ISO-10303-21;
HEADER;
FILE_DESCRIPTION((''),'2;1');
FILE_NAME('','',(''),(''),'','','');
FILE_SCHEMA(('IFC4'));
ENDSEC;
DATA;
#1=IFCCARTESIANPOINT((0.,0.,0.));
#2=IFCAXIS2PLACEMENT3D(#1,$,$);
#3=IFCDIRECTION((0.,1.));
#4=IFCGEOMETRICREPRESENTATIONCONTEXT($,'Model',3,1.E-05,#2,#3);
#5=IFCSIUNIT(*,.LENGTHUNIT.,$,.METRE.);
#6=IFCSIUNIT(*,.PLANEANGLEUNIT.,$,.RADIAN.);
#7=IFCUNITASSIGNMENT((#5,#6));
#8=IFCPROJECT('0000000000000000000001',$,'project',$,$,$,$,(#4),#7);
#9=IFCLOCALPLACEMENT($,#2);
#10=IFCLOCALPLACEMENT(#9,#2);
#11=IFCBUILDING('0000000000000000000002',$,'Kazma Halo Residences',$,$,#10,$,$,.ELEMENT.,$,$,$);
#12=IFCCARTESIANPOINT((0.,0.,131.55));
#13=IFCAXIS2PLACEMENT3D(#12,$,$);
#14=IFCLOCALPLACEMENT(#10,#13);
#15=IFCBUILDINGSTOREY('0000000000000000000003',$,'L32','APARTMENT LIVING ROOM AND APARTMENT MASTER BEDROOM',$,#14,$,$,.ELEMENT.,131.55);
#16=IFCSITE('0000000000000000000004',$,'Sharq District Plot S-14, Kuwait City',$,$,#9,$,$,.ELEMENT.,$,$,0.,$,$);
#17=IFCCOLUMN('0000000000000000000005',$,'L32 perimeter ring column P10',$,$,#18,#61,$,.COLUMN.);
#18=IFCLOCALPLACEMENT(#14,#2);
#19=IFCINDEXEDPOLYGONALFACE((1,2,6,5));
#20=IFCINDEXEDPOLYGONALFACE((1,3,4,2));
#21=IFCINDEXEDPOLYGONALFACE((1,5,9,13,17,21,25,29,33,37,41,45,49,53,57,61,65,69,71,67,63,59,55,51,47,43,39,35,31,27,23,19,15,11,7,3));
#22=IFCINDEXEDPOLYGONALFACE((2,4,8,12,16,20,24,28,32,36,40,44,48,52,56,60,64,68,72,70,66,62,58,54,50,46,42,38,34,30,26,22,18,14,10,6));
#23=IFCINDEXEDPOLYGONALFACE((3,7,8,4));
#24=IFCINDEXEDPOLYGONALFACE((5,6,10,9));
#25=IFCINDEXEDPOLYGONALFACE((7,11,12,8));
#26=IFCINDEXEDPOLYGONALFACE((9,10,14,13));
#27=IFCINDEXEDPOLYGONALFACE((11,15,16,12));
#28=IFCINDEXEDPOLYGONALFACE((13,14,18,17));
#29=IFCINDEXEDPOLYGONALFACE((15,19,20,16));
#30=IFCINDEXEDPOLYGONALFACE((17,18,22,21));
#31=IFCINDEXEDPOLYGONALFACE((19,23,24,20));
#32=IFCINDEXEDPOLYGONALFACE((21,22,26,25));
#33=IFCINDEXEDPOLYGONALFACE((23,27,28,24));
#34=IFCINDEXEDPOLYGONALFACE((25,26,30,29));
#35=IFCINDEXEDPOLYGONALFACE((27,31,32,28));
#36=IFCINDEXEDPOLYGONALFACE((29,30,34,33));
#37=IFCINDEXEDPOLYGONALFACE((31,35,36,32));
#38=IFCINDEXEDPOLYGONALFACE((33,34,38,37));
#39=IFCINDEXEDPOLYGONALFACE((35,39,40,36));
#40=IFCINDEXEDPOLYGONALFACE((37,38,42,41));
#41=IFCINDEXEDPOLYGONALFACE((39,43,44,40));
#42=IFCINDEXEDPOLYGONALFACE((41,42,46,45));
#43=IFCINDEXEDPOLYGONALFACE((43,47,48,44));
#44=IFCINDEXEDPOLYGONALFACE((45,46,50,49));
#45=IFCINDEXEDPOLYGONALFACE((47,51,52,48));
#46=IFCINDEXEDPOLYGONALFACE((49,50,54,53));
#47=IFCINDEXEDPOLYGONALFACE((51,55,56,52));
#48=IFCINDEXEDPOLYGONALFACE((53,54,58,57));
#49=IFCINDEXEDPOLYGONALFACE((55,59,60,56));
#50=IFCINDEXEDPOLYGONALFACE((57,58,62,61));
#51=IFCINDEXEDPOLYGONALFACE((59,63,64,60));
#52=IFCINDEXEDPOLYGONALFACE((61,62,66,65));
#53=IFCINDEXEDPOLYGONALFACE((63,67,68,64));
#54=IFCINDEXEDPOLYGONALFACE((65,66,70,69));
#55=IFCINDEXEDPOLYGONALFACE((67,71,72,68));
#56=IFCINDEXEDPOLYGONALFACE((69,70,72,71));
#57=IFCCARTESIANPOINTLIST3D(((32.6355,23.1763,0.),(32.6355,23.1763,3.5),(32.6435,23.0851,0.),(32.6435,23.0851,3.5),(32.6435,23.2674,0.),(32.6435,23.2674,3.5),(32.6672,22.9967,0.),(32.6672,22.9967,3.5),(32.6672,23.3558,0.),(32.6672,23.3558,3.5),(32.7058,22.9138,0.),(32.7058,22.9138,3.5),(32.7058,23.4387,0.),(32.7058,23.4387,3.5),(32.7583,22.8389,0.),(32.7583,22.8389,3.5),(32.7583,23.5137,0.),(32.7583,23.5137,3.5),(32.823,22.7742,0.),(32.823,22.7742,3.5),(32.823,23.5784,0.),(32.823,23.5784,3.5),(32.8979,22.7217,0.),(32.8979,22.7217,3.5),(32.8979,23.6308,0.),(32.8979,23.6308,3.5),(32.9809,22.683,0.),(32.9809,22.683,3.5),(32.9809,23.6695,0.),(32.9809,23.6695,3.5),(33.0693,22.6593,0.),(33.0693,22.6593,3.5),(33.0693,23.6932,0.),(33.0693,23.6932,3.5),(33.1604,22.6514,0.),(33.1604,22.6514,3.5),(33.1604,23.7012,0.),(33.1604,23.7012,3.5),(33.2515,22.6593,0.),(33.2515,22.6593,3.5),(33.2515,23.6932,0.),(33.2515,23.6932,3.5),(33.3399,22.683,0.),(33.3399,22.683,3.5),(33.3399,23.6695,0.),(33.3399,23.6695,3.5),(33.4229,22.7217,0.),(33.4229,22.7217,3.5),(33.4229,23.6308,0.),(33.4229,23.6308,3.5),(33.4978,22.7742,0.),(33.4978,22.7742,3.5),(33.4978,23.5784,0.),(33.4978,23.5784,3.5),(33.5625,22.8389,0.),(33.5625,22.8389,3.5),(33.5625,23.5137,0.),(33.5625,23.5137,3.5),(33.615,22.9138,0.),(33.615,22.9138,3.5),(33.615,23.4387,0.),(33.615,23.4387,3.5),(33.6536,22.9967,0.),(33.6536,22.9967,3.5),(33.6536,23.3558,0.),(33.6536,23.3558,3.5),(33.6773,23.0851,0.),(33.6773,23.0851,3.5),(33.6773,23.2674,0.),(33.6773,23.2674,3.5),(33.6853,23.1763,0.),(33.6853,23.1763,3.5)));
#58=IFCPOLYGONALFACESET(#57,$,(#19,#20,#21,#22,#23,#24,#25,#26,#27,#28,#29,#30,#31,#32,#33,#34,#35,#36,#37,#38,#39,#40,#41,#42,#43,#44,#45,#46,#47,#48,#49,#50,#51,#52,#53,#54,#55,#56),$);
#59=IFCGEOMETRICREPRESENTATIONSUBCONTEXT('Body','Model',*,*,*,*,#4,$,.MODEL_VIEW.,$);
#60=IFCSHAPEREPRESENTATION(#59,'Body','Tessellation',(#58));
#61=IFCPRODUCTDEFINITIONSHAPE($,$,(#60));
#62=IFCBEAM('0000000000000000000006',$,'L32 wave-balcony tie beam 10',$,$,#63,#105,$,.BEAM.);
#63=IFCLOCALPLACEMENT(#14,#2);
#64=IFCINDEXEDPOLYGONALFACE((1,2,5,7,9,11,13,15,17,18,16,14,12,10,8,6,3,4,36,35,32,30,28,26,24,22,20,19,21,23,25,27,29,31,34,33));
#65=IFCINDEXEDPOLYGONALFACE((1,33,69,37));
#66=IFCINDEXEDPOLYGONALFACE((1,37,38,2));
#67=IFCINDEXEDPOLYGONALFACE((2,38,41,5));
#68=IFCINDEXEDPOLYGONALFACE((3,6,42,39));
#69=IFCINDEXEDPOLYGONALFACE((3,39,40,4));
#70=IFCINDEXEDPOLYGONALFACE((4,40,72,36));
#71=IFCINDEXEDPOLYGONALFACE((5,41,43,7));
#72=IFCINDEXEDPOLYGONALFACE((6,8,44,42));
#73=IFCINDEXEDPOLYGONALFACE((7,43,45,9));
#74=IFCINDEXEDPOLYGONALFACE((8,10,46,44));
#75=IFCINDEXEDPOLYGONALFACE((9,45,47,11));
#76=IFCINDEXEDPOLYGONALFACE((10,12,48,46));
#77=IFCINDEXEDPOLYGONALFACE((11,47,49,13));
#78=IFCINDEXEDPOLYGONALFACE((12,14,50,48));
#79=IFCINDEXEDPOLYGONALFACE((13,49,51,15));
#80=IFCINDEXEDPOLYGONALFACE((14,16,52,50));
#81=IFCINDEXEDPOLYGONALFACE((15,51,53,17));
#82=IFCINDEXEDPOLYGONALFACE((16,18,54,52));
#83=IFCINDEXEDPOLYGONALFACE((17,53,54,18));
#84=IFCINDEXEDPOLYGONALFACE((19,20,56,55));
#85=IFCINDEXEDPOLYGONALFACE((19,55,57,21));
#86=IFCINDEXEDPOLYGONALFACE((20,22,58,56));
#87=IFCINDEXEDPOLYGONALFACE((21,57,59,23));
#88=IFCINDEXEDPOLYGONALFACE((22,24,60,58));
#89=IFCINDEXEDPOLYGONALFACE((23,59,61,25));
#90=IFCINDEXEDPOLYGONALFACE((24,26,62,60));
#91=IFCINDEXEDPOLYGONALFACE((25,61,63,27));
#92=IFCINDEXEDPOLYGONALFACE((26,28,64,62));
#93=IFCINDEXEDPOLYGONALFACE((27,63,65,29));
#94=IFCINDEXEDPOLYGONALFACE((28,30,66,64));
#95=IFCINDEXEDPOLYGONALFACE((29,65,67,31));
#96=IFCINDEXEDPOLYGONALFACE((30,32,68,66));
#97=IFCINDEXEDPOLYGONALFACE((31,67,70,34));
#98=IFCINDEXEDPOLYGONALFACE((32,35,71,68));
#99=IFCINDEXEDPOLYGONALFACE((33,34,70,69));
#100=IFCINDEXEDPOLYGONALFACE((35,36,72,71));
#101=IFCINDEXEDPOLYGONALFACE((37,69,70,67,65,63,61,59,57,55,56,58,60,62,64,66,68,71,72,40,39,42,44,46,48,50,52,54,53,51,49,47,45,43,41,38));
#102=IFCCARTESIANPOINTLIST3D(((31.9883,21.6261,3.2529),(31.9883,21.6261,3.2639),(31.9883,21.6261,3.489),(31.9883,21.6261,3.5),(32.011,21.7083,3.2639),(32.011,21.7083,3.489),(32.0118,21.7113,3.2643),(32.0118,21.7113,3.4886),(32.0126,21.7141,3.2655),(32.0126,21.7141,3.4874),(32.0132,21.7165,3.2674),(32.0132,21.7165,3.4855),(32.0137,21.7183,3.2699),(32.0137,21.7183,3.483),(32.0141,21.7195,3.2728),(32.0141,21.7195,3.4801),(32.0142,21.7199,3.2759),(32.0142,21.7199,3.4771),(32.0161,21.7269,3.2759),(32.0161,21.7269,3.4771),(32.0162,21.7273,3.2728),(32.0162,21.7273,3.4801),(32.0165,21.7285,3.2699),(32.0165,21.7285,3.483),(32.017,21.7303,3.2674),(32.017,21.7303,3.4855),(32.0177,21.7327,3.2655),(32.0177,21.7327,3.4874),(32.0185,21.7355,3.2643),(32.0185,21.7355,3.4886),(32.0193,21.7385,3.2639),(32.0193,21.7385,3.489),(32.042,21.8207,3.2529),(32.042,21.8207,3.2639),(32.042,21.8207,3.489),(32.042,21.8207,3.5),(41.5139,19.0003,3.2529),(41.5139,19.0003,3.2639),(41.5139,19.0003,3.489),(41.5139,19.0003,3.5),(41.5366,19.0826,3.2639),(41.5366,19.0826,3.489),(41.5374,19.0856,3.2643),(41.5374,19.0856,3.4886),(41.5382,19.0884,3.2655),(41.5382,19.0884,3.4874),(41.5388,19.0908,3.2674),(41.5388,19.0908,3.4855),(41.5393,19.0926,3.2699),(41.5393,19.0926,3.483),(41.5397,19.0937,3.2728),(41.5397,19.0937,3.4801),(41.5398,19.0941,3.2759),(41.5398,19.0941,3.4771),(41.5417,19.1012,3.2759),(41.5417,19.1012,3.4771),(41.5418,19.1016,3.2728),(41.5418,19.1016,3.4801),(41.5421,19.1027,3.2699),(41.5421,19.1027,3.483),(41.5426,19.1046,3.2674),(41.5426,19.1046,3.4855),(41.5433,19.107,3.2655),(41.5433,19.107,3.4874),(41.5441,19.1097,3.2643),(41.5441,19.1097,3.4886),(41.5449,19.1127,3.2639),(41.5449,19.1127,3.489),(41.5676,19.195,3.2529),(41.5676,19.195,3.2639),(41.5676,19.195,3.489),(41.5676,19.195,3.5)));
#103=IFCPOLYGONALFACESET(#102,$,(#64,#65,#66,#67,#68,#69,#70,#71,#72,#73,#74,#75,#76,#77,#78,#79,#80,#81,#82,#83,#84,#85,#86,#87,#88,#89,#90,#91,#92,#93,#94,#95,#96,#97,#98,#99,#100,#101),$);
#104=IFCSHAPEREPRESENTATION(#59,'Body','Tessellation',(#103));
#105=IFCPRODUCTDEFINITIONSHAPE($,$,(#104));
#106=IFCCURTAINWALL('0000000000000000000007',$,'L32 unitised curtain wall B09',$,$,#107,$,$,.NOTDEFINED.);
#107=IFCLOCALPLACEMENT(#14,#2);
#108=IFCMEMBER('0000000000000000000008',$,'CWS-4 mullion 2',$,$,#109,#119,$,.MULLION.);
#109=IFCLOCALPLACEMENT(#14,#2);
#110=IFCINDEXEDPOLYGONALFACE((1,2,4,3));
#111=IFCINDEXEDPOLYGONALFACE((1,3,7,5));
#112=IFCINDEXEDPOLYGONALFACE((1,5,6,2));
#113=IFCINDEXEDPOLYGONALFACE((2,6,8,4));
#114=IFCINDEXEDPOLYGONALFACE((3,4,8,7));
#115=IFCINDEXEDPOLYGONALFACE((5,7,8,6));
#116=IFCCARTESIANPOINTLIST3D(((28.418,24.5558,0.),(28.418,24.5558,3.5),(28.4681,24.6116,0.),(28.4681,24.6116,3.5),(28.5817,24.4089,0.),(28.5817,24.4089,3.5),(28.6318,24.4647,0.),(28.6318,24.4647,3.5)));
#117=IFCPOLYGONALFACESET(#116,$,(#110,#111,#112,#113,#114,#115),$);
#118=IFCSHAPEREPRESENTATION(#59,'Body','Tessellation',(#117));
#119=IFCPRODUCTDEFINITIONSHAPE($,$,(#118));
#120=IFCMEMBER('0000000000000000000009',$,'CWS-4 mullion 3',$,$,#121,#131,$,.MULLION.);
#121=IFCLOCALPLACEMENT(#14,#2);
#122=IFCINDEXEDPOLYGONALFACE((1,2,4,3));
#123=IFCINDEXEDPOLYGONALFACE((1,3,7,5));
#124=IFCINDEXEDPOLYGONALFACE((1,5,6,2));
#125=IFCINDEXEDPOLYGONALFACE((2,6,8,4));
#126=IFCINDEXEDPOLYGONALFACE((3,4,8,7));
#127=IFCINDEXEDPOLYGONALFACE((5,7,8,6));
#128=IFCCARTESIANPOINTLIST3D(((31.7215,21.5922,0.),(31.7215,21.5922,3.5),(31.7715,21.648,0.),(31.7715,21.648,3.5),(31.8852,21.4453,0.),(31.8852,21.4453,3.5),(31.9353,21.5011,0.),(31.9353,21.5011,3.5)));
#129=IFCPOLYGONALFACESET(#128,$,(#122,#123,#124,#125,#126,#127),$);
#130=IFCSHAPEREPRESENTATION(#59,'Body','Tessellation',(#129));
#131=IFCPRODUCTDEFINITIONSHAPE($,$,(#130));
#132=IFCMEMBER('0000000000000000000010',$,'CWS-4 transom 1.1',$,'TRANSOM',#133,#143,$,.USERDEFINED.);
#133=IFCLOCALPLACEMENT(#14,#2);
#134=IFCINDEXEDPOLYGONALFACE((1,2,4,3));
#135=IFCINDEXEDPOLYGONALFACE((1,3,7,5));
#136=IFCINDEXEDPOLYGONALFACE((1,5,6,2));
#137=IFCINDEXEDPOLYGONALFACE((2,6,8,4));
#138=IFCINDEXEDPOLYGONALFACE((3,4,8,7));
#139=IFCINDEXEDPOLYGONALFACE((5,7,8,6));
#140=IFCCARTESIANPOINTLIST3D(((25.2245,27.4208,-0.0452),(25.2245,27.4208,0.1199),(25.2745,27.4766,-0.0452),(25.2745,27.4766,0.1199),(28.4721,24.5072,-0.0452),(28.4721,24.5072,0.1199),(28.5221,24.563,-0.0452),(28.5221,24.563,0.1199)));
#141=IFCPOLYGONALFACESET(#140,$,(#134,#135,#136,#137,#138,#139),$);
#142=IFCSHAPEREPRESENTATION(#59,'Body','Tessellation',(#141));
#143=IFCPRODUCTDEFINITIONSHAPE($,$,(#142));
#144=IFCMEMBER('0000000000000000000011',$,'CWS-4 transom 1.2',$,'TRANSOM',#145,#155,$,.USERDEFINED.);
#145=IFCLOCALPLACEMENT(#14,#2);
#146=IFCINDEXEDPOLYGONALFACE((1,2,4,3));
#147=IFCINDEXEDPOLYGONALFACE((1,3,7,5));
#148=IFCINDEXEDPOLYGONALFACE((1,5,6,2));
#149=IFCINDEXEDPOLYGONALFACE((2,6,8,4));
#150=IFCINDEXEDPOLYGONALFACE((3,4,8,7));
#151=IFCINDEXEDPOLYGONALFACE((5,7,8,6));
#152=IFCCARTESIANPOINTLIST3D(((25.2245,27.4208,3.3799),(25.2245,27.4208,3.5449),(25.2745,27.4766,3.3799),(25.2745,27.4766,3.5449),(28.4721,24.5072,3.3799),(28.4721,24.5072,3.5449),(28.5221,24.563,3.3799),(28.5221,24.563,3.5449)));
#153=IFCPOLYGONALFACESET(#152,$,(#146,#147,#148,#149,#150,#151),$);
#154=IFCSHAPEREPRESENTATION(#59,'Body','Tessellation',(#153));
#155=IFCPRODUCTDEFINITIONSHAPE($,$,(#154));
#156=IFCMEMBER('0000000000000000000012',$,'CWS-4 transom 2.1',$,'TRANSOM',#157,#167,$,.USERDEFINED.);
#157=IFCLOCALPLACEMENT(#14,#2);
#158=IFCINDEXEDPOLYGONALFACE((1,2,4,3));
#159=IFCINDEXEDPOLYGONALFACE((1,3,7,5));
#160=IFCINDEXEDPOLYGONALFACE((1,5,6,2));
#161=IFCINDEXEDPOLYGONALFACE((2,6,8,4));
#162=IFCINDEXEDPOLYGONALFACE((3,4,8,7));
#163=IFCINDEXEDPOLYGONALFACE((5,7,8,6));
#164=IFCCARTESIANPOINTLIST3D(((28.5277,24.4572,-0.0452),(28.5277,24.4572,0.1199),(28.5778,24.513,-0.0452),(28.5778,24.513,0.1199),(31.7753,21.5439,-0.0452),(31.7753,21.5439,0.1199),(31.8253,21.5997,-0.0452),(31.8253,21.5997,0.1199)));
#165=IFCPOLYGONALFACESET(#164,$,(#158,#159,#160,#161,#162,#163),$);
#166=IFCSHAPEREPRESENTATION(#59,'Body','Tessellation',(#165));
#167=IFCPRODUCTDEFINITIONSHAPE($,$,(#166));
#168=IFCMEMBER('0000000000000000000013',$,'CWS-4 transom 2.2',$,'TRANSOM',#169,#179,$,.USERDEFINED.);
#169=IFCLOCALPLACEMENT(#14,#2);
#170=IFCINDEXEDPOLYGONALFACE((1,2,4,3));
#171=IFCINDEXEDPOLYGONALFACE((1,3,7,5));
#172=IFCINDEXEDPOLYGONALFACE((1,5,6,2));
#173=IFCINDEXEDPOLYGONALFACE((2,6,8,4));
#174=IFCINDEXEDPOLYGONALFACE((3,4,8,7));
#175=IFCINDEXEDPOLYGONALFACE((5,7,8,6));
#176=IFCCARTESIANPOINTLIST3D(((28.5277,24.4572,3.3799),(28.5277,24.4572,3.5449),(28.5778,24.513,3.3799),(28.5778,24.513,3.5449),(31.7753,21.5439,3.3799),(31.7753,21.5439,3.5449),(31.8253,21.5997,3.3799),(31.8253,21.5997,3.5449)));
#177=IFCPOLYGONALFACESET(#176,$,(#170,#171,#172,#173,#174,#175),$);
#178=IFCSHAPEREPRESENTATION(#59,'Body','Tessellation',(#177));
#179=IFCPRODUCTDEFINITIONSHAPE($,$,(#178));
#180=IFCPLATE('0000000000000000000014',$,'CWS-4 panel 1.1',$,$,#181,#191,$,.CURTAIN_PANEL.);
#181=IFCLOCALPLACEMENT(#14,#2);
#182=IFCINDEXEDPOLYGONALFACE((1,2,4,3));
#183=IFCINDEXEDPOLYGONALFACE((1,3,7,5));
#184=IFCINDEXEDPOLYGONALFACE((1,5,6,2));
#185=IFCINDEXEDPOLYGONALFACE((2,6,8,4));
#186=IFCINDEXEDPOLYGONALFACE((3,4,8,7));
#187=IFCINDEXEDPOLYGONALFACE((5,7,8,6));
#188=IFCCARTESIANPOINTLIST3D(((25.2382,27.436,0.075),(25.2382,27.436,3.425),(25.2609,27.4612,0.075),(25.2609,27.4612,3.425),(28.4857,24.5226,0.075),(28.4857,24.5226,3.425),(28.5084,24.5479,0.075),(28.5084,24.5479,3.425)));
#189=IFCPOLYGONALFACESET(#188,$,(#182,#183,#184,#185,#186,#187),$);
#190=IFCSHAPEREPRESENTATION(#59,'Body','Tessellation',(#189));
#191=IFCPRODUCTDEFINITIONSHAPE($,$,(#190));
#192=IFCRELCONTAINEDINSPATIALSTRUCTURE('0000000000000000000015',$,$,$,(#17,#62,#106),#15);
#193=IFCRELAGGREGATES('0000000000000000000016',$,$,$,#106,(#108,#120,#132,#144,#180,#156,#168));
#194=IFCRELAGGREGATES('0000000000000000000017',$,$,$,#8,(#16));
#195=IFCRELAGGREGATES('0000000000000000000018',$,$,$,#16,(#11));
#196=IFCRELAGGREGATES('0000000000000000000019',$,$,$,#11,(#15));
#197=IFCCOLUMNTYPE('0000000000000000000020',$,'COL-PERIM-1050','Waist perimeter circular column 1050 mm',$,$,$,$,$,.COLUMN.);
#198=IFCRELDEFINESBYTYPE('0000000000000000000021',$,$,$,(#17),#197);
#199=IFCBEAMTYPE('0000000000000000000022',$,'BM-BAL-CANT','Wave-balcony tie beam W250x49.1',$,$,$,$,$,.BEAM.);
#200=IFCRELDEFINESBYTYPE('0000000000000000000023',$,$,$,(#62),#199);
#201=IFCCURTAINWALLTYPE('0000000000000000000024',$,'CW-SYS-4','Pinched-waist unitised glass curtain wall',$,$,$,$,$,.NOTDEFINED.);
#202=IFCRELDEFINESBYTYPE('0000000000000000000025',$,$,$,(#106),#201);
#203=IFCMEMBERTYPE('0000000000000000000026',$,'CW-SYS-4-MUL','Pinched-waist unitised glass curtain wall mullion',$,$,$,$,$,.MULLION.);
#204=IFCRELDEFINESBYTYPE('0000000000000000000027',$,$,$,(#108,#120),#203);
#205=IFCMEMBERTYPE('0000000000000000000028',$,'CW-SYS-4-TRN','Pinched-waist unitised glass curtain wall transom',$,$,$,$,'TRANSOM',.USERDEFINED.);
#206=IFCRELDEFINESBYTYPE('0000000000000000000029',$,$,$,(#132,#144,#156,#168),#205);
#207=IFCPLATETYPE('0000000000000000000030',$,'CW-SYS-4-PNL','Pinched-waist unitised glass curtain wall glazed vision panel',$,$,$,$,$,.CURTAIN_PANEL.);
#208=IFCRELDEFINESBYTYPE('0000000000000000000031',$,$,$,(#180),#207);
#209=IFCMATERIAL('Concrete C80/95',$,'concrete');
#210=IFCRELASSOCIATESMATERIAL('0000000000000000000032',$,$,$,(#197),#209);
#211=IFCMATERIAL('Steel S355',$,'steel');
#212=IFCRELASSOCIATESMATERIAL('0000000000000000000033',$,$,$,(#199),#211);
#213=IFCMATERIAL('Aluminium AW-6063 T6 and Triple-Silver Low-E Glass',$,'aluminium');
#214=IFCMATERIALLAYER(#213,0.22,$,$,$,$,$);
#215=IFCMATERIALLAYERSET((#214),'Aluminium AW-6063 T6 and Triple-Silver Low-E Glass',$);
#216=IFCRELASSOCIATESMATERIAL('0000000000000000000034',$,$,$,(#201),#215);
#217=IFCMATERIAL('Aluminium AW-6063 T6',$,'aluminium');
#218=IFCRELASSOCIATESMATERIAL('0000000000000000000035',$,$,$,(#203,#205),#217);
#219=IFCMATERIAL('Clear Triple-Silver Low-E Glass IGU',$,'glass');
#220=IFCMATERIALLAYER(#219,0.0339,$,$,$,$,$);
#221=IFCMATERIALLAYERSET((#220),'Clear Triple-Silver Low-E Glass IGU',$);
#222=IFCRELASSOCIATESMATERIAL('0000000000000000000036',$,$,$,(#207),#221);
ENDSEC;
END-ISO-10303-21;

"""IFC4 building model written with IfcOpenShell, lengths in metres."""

from ifc_helpers import new_model, si_unit, direction, frame, origin, origin_2d, place, context, subcontext, project, spatial, rectangle, circle, i_section, extrude, material, layer, layer_set, material_profile, profile_set, type_object, element, aggregate, save


model = new_model("IFC4")

# Units and contexts
model_context = context("Model", 3, precision=1e-05, world=origin(), true_north=direction((0.0, 1.0)))
body_context = subcontext(model_context, "Body", "Model", "MODEL_VIEW")
ifc_project = project(units=[si_unit("LENGTHUNIT", "METRE"), si_unit("PLANEANGLEUNIT", "RADIAN")], contexts=[model_context])

# Site, building, storey
site_placement = place(None, origin())
site = spatial("IfcSite", under=ifc_project, at=site_placement, Name="Sharq District Plot S-14, Kuwait City", CompositionType="ELEMENT", RefElevation=0.0)
building_placement = place(site_placement, origin())
building = spatial("IfcBuilding", under=site, at=building_placement, Name="Kazma Halo Residences", CompositionType="ELEMENT")
storey_placement = place(building_placement, frame((0.0, 0.0, 131.55)))
storey = spatial("IfcBuildingStorey", under=building, at=storey_placement, Name="L32", Description="APARTMENT LIVING ROOM AND APARTMENT MASTER BEDROOM", CompositionType="ELEMENT", Elevation=131.55)

# Column
ifc_material_1 = material(Name="Concrete C80/95", Category="concrete")
ifc_material_profile_1 = material_profile(ifc_material_1, circle(Radius=0.5249, at=origin_2d()), Name="CIRC1050")
ifc_profile_set_1 = profile_set([ifc_material_profile_1], Name="Concrete C80/95")
column_type = type_object("IfcColumnType", Name="COL-PERIM-1050", Description="Waist perimeter circular column 1050 mm", PredefinedType="COLUMN", material=ifc_profile_set_1)
column_placement = place(storey_placement, frame((33.1604, 23.1763, 0.0), z_axis=(0.0, 0.0, 1.0), x_axis=(1.0, 0.0, 0.0)))
element("IfcColumn", 1, at=column_placement, inside=storey, type_object=column_type, Name="L32 perimeter ring column P10", PredefinedType="COLUMN", context=body_context, shape_type="SweptSolid", body=[
    extrude(circle(Radius=0.5249, at=origin_2d()), origin(), (0.0, 0.0, 1.0), 3.5),
])

# Beam
ifc_material_2 = material(Name="Steel S355", Category="steel")
ifc_material_profile_2 = material_profile(ifc_material_2, i_section(OverallWidth=0.2019, OverallDepth=0.2471, WebThickness=0.0073, FlangeThickness=0.011, FilletRadius=0.012, at=origin_2d()), Name="W250x49.1")
ifc_profile_set_2 = profile_set([ifc_material_profile_2], Name="Steel S355")
beam_type = type_object("IfcBeamType", Name="BM-BAL-CANT", Description="Wave-balcony tie beam W250x49.1", PredefinedType="BEAM", material=ifc_profile_set_2)
beam_placement = place(storey_placement, frame((32.0151, 21.7234, 3.3765), z_axis=(0.964045, -0.265738, 0.0), x_axis=(0.265738, 0.964045, 0.0)))
element("IfcBeam", 2, at=beam_placement, inside=storey, type_object=beam_type, Name="L32 wave-balcony tie beam 10", PredefinedType="BEAM", context=body_context, shape_type="SweptSolid", body=[
    extrude(i_section(OverallWidth=0.2019, OverallDepth=0.2471, WebThickness=0.0073, FlangeThickness=0.011, FilletRadius=0.012, at=origin_2d()), origin(), (0.0, 0.0, 1.0), 9.8809),
])

# Curtain wall, members, plate
ifc_material_3 = material(Name="Aluminium AW-6063 T6 and Triple-Silver Low-E Glass", Category="aluminium")
ifc_layer_1 = layer(ifc_material_3, 0.22)
ifc_layer_set_1 = layer_set([ifc_layer_1], Name="Aluminium AW-6063 T6 and Triple-Silver Low-E Glass")
curtain_wall_type = type_object("IfcCurtainWallType", Name="CW-SYS-4", Description="Pinched-waist unitised glass curtain wall", PredefinedType="NOTDEFINED", material=ifc_layer_set_1)
curtain_wall_placement = place(storey_placement, origin())
curtain_wall = element("IfcCurtainWall", 3, at=curtain_wall_placement, inside=storey, type_object=curtain_wall_type, Name="L32 unitised curtain wall B09", PredefinedType="NOTDEFINED")
ifc_material_4 = material(Name="Aluminium AW-6063 T6", Category="aluminium")
ifc_material_profile_3 = material_profile(ifc_material_4, rectangle(XDim=0.075, YDim=0.22, at=origin_2d()), Name="CWM-75x220")
ifc_profile_set_3 = profile_set([ifc_material_profile_3], Name="Aluminium AW-6063 T6")
member_type_1 = type_object("IfcMemberType", Name="CW-SYS-4-MUL", Description="Pinched-waist unitised glass curtain wall mullion", PredefinedType="MULLION", material=ifc_profile_set_3)
member_1_placement = place(storey_placement, frame((28.5249, 24.5103, 0.0), z_axis=(0.0, 0.0, 1.0), x_axis=(0.66777, 0.744368, 0.0)))
member_1 = element("IfcMember", 4, at=member_1_placement, type_object=member_type_1, Name="CWS-4 mullion 2", PredefinedType="MULLION", context=body_context, shape_type="SweptSolid", body=[
    extrude(rectangle(XDim=0.075, YDim=0.22, at=origin_2d()), origin(), (0.0, 0.0, 1.0), 3.5),
])
member_2_placement = place(storey_placement, frame((31.8284, 21.5466, 0.0), z_axis=(0.0, 0.0, 1.0), x_axis=(0.66777, 0.744368, 0.0)))
member_2 = element("IfcMember", 5, at=member_2_placement, type_object=member_type_1, Name="CWS-4 mullion 3", PredefinedType="MULLION", context=body_context, shape_type="SweptSolid", body=[
    extrude(rectangle(XDim=0.075, YDim=0.22, at=origin_2d()), origin(), (0.0, 0.0, 1.0), 3.5),
])
ifc_material_profile_4 = material_profile(ifc_material_4, rectangle(XDim=0.075, YDim=0.165, at=origin_2d()), Name="CWT-75x165")
ifc_profile_set_4 = profile_set([ifc_material_profile_4], Name="Aluminium AW-6063 T6")
member_type_2 = type_object("IfcMemberType", Name="CW-SYS-4-TRN", Description="Pinched-waist unitised glass curtain wall transom", ElementType="TRANSOM", PredefinedType="USERDEFINED", material=ifc_profile_set_4)
member_3_placement = place(storey_placement, frame((25.2495, 27.4487, 0.0374), z_axis=(0.744345, -0.667795, 0.0), x_axis=(0.667795, 0.744345, 0.0)))
member_3 = element("IfcMember", 6, at=member_3_placement, type_object=member_type_2, Name="CWS-4 transom 1.1", ObjectType="TRANSOM", PredefinedType="USERDEFINED", context=body_context, shape_type="SweptSolid", body=[
    extrude(rectangle(XDim=0.075, YDim=0.165, at=origin_2d()), origin(), (0.0, 0.0, 1.0), 4.363),
])
member_4_placement = place(storey_placement, frame((25.2495, 27.4487, 3.4624), z_axis=(0.744345, -0.667795, 0.0), x_axis=(0.667795, 0.744345, 0.0)))
member_4 = element("IfcMember", 7, at=member_4_placement, type_object=member_type_2, Name="CWS-4 transom 1.2", ObjectType="TRANSOM", PredefinedType="USERDEFINED", context=body_context, shape_type="SweptSolid", body=[
    extrude(rectangle(XDim=0.075, YDim=0.165, at=origin_2d()), origin(), (0.0, 0.0, 1.0), 4.363),
])
member_5_placement = place(storey_placement, frame((28.5527, 24.4851, 0.0374), z_axis=(0.744373, -0.667764, 0.0), x_axis=(0.667764, 0.744373, 0.0)))
member_5 = element("IfcMember", 8, at=member_5_placement, type_object=member_type_2, Name="CWS-4 transom 2.1", ObjectType="TRANSOM", PredefinedType="USERDEFINED", context=body_context, shape_type="SweptSolid", body=[
    extrude(rectangle(XDim=0.075, YDim=0.165, at=origin_2d()), origin(), (0.0, 0.0, 1.0), 4.3628),
])
member_6_placement = place(storey_placement, frame((28.5527, 24.4851, 3.4624), z_axis=(0.744373, -0.667764, 0.0), x_axis=(0.667764, 0.744373, 0.0)))
member_6 = element("IfcMember", 9, at=member_6_placement, type_object=member_type_2, Name="CWS-4 transom 2.2", ObjectType="TRANSOM", PredefinedType="USERDEFINED", context=body_context, shape_type="SweptSolid", body=[
    extrude(rectangle(XDim=0.075, YDim=0.165, at=origin_2d()), origin(), (0.0, 0.0, 1.0), 4.3628),
])
ifc_material_5 = material(Name="Clear Triple-Silver Low-E Glass IGU", Category="glass")
ifc_layer_2 = layer(ifc_material_5, 0.0339)
ifc_layer_set_2 = layer_set([ifc_layer_2], Name="Clear Triple-Silver Low-E Glass IGU")
plate_type = type_object("IfcPlateType", Name="CW-SYS-4-PNL", Description="Pinched-waist unitised glass curtain wall glazed vision panel", PredefinedType="CURTAIN_PANEL", material=ifc_layer_set_2)
plate_1_placement = place(storey_placement, frame((26.8733, 25.9919, 0.075), z_axis=(0.0, 0.0, 1.0), x_axis=(0.744368, -0.66777, 0.0)))
plate_1 = element("IfcPlate", 10, at=plate_1_placement, type_object=plate_type, Name="CWS-4 panel 1.1", PredefinedType="CURTAIN_PANEL", context=body_context, shape_type="SweptSolid", body=[
    extrude(rectangle(XDim=4.3628, YDim=0.0339, at=origin_2d()), origin(), (0.0, 0.0, 1.0), 3.3501),
])
aggregate(curtain_wall, [member_1, member_2, member_3, member_4, plate_1, member_5, member_6])

save(model, "model.ifc")
